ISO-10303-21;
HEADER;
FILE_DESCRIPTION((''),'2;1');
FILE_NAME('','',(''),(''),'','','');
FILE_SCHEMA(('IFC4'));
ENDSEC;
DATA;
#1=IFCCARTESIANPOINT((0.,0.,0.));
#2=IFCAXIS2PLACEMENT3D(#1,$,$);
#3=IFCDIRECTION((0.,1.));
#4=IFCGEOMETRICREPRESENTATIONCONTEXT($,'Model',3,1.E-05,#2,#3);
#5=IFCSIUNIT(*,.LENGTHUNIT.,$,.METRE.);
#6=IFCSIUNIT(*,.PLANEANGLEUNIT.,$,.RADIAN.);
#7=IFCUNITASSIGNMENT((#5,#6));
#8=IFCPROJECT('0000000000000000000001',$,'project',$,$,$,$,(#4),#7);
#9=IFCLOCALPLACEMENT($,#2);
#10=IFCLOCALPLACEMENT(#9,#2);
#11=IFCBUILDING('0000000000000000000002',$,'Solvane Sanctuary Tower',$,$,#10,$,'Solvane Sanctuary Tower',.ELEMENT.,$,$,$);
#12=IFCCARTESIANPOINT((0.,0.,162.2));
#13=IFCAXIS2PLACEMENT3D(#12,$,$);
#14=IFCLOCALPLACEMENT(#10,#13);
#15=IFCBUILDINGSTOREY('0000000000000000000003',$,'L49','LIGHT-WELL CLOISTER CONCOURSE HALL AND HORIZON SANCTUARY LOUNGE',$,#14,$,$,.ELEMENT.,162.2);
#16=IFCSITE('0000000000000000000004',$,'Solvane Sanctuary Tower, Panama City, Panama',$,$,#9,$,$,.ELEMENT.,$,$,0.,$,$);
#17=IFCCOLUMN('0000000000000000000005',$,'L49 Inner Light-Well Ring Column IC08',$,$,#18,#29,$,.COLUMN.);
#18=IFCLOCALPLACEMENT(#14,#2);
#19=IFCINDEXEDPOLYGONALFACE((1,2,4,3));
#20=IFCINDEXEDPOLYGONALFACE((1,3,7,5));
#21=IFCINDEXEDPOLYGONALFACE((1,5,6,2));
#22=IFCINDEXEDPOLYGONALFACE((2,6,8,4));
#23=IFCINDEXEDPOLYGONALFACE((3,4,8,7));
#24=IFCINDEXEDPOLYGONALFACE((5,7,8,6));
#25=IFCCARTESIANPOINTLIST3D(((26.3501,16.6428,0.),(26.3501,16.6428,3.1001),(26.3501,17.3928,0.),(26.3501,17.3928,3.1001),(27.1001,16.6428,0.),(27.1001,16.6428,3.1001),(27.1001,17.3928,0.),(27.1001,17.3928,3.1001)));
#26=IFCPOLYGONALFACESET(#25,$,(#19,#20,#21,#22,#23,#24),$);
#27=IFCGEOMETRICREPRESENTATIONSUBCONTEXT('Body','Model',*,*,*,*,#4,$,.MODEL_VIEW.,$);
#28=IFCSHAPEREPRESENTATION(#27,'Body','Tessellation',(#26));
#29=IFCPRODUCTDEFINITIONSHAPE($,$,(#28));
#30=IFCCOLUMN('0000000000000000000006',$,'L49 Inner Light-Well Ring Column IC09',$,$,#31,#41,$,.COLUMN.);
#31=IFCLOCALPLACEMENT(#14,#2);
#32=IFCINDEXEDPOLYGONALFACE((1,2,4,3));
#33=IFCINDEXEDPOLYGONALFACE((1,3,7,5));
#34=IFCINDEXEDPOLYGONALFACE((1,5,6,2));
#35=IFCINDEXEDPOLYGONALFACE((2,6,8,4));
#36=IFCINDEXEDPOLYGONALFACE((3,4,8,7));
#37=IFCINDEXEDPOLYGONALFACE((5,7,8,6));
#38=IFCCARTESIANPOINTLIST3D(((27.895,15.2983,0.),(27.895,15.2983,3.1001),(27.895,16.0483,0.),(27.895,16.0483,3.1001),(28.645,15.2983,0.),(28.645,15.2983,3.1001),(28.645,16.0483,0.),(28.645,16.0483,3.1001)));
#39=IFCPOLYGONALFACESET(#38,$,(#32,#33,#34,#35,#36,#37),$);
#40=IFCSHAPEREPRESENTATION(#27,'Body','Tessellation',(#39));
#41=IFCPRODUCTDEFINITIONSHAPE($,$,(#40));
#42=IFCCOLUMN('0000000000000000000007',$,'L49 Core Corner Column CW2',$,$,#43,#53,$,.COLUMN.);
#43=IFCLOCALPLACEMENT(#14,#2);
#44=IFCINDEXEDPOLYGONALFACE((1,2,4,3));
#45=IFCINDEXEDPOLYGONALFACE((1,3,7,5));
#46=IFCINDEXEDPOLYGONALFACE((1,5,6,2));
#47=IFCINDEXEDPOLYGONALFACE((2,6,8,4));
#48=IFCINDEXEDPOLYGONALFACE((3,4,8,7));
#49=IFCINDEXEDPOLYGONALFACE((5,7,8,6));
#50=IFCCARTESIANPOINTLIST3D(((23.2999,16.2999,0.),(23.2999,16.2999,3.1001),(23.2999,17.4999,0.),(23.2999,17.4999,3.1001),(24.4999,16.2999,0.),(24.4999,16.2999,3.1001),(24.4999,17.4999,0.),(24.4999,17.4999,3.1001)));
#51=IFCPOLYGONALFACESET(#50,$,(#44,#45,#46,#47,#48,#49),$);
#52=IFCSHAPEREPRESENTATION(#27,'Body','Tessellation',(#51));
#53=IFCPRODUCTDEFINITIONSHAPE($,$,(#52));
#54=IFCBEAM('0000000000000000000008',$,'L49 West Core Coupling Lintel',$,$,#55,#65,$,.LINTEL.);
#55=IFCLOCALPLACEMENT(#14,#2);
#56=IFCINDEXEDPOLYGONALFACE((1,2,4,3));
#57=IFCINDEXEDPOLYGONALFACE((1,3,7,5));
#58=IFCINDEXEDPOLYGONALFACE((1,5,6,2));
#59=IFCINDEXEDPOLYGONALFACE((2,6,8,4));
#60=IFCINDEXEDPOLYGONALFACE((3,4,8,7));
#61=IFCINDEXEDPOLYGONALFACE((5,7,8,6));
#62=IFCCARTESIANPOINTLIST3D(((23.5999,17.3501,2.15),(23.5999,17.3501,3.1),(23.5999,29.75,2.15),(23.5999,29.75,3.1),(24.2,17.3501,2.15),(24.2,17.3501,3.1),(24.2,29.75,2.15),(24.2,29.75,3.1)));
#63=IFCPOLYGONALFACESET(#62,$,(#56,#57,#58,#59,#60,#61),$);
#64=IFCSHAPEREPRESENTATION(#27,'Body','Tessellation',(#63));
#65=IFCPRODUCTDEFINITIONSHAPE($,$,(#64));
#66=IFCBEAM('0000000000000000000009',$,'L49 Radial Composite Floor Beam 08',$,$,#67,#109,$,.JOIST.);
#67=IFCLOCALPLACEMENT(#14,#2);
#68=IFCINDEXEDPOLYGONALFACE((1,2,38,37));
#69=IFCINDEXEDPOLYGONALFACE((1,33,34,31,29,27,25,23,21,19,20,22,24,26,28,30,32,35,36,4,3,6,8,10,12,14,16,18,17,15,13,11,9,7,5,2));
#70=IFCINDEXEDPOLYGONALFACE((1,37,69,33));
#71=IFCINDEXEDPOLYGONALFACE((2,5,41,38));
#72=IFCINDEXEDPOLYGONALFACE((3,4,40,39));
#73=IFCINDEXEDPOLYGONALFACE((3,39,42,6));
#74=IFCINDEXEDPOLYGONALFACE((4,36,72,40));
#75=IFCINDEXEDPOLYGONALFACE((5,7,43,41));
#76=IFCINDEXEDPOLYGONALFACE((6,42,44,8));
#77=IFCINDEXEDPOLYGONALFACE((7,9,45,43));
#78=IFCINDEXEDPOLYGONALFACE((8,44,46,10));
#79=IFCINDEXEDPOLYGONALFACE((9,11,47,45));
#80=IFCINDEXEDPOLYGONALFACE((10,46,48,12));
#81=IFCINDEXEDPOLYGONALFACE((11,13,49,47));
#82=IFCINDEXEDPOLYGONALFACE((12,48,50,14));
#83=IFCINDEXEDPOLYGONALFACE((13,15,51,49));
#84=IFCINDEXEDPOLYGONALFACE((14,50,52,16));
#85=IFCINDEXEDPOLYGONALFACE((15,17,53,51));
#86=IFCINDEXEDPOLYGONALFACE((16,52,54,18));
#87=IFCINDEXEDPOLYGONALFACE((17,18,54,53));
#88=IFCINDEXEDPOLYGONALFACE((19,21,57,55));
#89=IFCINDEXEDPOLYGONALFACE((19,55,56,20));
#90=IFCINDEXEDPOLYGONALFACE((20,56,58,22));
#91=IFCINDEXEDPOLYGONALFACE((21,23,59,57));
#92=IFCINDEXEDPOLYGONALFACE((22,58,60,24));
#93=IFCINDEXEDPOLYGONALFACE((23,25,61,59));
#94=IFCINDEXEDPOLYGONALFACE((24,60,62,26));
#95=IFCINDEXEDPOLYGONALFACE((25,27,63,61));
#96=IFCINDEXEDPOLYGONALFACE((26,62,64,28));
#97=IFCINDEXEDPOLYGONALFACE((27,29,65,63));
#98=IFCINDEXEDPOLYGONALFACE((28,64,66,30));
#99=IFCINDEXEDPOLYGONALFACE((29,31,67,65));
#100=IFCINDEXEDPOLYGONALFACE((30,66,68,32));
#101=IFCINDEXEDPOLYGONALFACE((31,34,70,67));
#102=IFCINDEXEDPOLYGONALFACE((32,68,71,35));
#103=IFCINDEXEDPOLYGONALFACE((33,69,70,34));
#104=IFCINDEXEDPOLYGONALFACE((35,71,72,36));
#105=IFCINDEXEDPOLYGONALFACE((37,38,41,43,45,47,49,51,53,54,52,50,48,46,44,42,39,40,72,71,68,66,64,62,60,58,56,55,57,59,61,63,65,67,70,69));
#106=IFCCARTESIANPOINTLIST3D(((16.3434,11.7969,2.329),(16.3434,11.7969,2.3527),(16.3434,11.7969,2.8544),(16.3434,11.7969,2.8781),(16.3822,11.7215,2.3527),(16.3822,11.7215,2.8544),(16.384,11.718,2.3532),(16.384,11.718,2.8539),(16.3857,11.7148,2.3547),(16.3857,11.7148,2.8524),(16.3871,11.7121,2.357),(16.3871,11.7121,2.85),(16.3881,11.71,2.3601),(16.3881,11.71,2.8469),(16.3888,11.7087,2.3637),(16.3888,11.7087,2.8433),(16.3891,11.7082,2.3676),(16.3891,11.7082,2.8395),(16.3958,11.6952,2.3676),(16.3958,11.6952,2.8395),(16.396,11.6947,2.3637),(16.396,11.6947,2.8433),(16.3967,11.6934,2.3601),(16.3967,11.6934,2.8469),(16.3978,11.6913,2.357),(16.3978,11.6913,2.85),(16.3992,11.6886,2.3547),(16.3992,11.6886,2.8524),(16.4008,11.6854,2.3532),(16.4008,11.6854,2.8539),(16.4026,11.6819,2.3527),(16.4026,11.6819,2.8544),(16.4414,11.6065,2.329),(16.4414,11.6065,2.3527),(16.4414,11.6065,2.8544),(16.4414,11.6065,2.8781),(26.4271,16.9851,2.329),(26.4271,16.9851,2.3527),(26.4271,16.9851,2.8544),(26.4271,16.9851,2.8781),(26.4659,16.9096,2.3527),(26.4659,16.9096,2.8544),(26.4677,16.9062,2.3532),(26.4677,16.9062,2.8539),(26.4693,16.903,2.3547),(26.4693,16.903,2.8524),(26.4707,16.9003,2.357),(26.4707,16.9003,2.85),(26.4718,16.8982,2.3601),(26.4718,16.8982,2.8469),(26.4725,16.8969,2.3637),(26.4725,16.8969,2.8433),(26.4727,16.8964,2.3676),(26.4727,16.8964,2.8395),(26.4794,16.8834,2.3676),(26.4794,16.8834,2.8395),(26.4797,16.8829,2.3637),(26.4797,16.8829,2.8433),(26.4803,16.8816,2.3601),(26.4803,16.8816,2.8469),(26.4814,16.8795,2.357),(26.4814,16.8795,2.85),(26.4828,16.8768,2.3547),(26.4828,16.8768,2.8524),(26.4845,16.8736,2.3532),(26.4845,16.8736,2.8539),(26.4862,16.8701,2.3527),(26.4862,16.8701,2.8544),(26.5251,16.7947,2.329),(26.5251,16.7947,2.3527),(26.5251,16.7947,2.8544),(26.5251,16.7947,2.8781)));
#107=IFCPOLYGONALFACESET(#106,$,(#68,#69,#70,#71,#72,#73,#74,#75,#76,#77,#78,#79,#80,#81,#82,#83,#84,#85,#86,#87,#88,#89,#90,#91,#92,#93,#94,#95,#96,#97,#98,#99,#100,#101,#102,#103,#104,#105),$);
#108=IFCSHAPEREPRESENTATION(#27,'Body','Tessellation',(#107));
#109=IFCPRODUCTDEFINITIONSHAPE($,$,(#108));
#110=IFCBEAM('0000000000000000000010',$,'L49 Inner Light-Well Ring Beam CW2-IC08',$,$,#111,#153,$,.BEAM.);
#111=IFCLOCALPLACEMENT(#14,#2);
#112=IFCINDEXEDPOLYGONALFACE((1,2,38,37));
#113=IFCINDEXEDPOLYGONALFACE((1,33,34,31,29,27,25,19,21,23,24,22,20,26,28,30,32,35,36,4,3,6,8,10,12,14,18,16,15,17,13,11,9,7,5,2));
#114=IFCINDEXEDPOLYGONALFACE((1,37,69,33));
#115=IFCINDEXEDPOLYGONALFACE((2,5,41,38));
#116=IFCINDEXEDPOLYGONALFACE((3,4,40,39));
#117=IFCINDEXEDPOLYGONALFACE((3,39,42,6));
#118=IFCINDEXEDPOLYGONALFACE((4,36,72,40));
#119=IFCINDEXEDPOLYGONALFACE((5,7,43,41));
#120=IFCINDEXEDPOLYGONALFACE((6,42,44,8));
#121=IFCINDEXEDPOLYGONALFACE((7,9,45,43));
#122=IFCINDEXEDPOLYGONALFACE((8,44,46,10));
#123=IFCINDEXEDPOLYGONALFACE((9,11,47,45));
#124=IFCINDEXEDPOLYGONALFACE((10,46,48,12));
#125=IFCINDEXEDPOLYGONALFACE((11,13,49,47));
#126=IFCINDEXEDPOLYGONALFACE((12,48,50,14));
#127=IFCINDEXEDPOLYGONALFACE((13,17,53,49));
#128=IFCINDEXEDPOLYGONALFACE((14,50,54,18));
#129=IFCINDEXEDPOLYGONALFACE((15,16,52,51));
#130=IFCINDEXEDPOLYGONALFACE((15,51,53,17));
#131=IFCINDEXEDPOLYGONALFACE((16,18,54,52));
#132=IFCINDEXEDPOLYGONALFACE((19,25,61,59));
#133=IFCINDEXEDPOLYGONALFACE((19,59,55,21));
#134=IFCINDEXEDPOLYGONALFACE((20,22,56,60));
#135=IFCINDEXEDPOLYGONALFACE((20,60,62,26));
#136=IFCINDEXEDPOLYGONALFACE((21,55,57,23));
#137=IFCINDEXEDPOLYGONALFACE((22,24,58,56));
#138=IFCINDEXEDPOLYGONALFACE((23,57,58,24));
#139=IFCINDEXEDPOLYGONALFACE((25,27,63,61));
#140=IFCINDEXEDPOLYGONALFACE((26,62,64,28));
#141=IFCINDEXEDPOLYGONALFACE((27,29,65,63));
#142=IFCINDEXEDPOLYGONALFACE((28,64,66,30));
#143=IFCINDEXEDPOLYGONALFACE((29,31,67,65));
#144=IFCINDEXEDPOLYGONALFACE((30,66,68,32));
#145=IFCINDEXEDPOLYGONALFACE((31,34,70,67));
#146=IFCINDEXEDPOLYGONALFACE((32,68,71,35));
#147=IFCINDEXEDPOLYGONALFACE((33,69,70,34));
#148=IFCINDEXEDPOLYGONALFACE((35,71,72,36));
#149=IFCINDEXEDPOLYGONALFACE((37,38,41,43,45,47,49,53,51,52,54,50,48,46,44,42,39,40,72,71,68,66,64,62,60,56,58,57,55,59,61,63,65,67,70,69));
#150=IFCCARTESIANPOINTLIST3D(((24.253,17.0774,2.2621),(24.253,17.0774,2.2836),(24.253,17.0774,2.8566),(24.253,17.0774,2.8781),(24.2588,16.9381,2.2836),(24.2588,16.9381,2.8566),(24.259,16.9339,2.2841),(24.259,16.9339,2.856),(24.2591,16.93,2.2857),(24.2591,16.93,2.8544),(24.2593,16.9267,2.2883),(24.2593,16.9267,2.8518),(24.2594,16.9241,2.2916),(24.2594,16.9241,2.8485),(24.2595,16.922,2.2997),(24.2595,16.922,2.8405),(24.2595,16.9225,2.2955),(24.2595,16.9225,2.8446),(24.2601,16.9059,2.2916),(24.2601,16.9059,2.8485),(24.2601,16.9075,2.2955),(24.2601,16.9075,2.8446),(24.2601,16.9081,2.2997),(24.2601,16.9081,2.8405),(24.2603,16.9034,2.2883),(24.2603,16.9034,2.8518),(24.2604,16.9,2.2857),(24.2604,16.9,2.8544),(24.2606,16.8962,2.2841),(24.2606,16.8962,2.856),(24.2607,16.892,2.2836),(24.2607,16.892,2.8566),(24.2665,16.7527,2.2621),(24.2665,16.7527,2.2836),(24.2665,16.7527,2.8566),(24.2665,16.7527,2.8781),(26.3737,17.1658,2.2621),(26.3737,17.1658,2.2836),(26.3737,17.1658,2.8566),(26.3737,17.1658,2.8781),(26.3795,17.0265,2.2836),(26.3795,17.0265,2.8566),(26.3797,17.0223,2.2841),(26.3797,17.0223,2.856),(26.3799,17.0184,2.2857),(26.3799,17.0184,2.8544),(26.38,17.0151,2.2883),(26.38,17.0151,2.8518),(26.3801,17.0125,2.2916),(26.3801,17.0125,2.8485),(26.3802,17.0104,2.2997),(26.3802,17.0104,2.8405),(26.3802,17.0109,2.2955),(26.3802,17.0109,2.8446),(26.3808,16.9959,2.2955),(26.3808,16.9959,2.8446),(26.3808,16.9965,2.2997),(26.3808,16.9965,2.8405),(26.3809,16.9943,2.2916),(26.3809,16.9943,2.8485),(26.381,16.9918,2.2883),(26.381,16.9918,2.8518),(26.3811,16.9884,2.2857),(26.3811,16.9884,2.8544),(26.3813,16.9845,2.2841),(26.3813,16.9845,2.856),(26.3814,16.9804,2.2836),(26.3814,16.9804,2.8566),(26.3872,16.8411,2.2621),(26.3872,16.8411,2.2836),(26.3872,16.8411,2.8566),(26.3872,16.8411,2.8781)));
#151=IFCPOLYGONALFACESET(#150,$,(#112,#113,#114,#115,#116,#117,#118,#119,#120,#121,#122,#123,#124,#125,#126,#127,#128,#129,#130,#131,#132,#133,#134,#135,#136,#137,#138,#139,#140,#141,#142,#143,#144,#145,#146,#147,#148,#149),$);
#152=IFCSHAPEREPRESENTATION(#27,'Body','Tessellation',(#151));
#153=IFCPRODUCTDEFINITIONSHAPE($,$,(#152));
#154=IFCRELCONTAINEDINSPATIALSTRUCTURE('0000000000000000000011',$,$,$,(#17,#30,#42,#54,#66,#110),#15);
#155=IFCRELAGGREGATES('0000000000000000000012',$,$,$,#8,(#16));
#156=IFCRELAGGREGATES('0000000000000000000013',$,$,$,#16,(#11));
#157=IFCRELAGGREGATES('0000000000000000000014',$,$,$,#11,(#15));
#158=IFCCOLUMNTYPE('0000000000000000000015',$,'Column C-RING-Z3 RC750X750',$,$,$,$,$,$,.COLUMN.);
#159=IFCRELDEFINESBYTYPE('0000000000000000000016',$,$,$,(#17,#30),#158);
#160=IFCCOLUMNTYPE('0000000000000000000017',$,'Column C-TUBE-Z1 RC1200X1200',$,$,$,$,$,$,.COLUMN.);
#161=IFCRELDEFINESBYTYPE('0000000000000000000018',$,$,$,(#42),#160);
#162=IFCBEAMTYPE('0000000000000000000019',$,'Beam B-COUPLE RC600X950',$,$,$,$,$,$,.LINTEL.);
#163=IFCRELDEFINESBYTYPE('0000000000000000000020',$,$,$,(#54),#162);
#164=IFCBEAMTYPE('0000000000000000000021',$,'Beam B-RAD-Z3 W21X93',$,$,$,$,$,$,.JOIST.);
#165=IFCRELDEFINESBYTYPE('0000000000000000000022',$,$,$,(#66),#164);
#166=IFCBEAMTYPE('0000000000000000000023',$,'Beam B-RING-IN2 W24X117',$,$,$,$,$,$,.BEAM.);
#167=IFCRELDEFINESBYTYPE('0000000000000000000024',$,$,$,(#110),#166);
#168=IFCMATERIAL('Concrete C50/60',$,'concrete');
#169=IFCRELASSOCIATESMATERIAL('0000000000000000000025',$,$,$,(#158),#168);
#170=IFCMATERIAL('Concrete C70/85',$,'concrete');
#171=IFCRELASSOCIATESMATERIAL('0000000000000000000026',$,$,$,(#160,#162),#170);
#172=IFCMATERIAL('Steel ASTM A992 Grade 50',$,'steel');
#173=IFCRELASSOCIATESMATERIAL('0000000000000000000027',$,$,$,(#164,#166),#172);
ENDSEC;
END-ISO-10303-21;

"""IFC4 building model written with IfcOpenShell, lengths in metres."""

from ifc_helpers import new_model, si_unit, direction, frame, origin, origin_2d, place, context, subcontext, project, spatial, rectangle, i_section, extrude, material, material_profile, profile_set, type_object, element, save


model = new_model("IFC4")

# Units and contexts
model_context = context("Model", 3, precision=1e-05, world=origin(), true_north=direction((0.0, 1.0)))
body_context = subcontext(model_context, "Body", "Model", "MODEL_VIEW")
ifc_project = project(units=[si_unit("LENGTHUNIT", "METRE"), si_unit("PLANEANGLEUNIT", "RADIAN")], contexts=[model_context])

# Site, building, storey
site_placement = place(None, origin())
site = spatial("IfcSite", under=ifc_project, at=site_placement, Name="Solvane Sanctuary Tower, Panama City, Panama", CompositionType="ELEMENT", RefElevation=0.0)
building_placement = place(site_placement, origin())
building = spatial("IfcBuilding", under=site, at=building_placement, Name="Solvane Sanctuary Tower", LongName="Solvane Sanctuary Tower", CompositionType="ELEMENT")
storey_placement = place(building_placement, frame((0.0, 0.0, 162.2)))
storey = spatial("IfcBuildingStorey", under=building, at=storey_placement, Name="L49", Description="LIGHT-WELL CLOISTER CONCOURSE HALL AND HORIZON SANCTUARY LOUNGE", CompositionType="ELEMENT", Elevation=162.2)

# Columns
ifc_material_1 = material(Name="Concrete C50/60", Category="concrete")
ifc_material_profile_1 = material_profile(ifc_material_1, rectangle(XDim=0.75, YDim=0.75, at=origin_2d()), Name="RC750X750")
ifc_profile_set_1 = profile_set([ifc_material_profile_1], Name="Concrete C50/60")
column_type_1 = type_object("IfcColumnType", Name="Column C-RING-Z3 RC750X750", PredefinedType="COLUMN", material=ifc_profile_set_1)
for number, where, z_axis, x_axis, name in (
    (1, (26.7251, 17.0178, 0.0), (0.0, 0.0, 1.0), (1.0, 0.0, 0.0), "L49 Inner Light-Well Ring Column IC08"),
    (2, (28.27, 15.6733, 0.0), (0.0, 0.0, 1.0), (1.0, 0.0, 0.0), "L49 Inner Light-Well Ring Column IC09"),
):
    element("IfcColumn", number, at=place(storey_placement, frame(where, z_axis=z_axis, x_axis=x_axis)), inside=storey, type_object=column_type_1, Name=name, PredefinedType="COLUMN", context=body_context, shape_type="SweptSolid", body=[
        extrude(rectangle(XDim=0.75, YDim=0.75, at=origin_2d()), origin(), (0.0, 0.0, 1.0), 3.1001),
    ])
ifc_material_2 = material(Name="Concrete C70/85", Category="concrete")
ifc_material_profile_2 = material_profile(ifc_material_2, rectangle(XDim=1.2, YDim=1.2, at=origin_2d()), Name="RC1200X1200")
ifc_profile_set_2 = profile_set([ifc_material_profile_2], Name="Concrete C70/85")
column_type_2 = type_object("IfcColumnType", Name="Column C-TUBE-Z1 RC1200X1200", PredefinedType="COLUMN", material=ifc_profile_set_2)
column_placement = place(storey_placement, frame((23.8999, 16.8999, 0.0), z_axis=(0.0, 0.0, 1.0), x_axis=(1.0, 0.0, 0.0)))
element("IfcColumn", 3, at=column_placement, inside=storey, type_object=column_type_2, Name="L49 Core Corner Column CW2", PredefinedType="COLUMN", context=body_context, shape_type="SweptSolid", body=[
    extrude(rectangle(XDim=1.2, YDim=1.2, at=origin_2d()), origin(), (0.0, 0.0, 1.0), 3.1001),
])

# Beams
ifc_material_profile_3 = material_profile(ifc_material_2, rectangle(XDim=0.6001, YDim=0.95, at=origin_2d()), Name="RC600X950")
ifc_profile_set_3 = profile_set([ifc_material_profile_3], Name="Concrete C70/85")
beam_type_1 = type_object("IfcBeamType", Name="Beam B-COUPLE RC600X950", PredefinedType="LINTEL", material=ifc_profile_set_3)
beam_1_placement = place(storey_placement, frame((23.8999, 17.3501, 2.625), z_axis=(0.0, 1.0, 0.0), x_axis=(-1.0, 0.0, 0.0)))
element("IfcBeam", 4, at=beam_1_placement, inside=storey, type_object=beam_type_1, Name="L49 West Core Coupling Lintel", PredefinedType="LINTEL", context=body_context, shape_type="SweptSolid", body=[
    extrude(rectangle(XDim=0.6001, YDim=0.95, at=origin_2d()), origin(), (0.0, 0.0, 1.0), 12.3999),
])
ifc_material_3 = material(Name="Steel ASTM A992 Grade 50", Category="steel")
ifc_material_profile_4 = material_profile(ifc_material_3, i_section(OverallWidth=0.2141, OverallDepth=0.5491, WebThickness=0.0146, FlangeThickness=0.0237, FilletRadius=0.0149, at=origin_2d()), Name="W21X93")
ifc_profile_set_4 = profile_set([ifc_material_profile_4], Name="Steel ASTM A992 Grade 50")
beam_type_2 = type_object("IfcBeamType", Name="Beam B-RAD-Z3 W21X93", PredefinedType="JOIST", material=ifc_profile_set_4)
beam_2_placement = place(storey_placement, frame((26.4761, 16.8899, 2.6035), z_axis=(-0.889205, -0.457509, 0.0), x_axis=(0.457509, -0.889205, 0.0)))
element("IfcBeam", 5, at=beam_2_placement, inside=storey, type_object=beam_type_2, Name="L49 Radial Composite Floor Beam 08", PredefinedType="JOIST", context=body_context, shape_type="SweptSolid", body=[
    extrude(i_section(OverallWidth=0.2141, OverallDepth=0.5491, WebThickness=0.0146, FlangeThickness=0.0237, FilletRadius=0.0149, at=origin_2d()), origin(), (0.0, 0.0, 1.0), 11.3401),
])
ifc_material_profile_5 = material_profile(ifc_material_3, i_section(OverallWidth=0.325, OverallDepth=0.616, WebThickness=0.0139, FlangeThickness=0.0215, FilletRadius=0.0161, at=origin_2d()), Name="W24X117")
ifc_profile_set_5 = profile_set([ifc_material_profile_5], Name="Steel ASTM A992 Grade 50")
beam_type_3 = type_object("IfcBeamType", Name="Beam B-RING-IN2 W24X117", PredefinedType="BEAM", material=ifc_profile_set_5)
beam_3_placement = place(storey_placement, frame((24.2598, 16.915, 2.5701), z_axis=(0.999133, 0.04164, 0.0), x_axis=(-0.04164, 0.999133, 0.0)))
element("IfcBeam", 6, at=beam_3_placement, inside=storey, type_object=beam_type_3, Name="L49 Inner Light-Well Ring Beam CW2-IC08", PredefinedType="BEAM", context=body_context, shape_type="SweptSolid", body=[
    extrude(i_section(OverallWidth=0.325, OverallDepth=0.616, WebThickness=0.0139, FlangeThickness=0.0215, FilletRadius=0.0161, at=origin_2d()), origin(), (0.0, 0.0, 1.0), 2.1226),
])

save(model, "model.ifc")
